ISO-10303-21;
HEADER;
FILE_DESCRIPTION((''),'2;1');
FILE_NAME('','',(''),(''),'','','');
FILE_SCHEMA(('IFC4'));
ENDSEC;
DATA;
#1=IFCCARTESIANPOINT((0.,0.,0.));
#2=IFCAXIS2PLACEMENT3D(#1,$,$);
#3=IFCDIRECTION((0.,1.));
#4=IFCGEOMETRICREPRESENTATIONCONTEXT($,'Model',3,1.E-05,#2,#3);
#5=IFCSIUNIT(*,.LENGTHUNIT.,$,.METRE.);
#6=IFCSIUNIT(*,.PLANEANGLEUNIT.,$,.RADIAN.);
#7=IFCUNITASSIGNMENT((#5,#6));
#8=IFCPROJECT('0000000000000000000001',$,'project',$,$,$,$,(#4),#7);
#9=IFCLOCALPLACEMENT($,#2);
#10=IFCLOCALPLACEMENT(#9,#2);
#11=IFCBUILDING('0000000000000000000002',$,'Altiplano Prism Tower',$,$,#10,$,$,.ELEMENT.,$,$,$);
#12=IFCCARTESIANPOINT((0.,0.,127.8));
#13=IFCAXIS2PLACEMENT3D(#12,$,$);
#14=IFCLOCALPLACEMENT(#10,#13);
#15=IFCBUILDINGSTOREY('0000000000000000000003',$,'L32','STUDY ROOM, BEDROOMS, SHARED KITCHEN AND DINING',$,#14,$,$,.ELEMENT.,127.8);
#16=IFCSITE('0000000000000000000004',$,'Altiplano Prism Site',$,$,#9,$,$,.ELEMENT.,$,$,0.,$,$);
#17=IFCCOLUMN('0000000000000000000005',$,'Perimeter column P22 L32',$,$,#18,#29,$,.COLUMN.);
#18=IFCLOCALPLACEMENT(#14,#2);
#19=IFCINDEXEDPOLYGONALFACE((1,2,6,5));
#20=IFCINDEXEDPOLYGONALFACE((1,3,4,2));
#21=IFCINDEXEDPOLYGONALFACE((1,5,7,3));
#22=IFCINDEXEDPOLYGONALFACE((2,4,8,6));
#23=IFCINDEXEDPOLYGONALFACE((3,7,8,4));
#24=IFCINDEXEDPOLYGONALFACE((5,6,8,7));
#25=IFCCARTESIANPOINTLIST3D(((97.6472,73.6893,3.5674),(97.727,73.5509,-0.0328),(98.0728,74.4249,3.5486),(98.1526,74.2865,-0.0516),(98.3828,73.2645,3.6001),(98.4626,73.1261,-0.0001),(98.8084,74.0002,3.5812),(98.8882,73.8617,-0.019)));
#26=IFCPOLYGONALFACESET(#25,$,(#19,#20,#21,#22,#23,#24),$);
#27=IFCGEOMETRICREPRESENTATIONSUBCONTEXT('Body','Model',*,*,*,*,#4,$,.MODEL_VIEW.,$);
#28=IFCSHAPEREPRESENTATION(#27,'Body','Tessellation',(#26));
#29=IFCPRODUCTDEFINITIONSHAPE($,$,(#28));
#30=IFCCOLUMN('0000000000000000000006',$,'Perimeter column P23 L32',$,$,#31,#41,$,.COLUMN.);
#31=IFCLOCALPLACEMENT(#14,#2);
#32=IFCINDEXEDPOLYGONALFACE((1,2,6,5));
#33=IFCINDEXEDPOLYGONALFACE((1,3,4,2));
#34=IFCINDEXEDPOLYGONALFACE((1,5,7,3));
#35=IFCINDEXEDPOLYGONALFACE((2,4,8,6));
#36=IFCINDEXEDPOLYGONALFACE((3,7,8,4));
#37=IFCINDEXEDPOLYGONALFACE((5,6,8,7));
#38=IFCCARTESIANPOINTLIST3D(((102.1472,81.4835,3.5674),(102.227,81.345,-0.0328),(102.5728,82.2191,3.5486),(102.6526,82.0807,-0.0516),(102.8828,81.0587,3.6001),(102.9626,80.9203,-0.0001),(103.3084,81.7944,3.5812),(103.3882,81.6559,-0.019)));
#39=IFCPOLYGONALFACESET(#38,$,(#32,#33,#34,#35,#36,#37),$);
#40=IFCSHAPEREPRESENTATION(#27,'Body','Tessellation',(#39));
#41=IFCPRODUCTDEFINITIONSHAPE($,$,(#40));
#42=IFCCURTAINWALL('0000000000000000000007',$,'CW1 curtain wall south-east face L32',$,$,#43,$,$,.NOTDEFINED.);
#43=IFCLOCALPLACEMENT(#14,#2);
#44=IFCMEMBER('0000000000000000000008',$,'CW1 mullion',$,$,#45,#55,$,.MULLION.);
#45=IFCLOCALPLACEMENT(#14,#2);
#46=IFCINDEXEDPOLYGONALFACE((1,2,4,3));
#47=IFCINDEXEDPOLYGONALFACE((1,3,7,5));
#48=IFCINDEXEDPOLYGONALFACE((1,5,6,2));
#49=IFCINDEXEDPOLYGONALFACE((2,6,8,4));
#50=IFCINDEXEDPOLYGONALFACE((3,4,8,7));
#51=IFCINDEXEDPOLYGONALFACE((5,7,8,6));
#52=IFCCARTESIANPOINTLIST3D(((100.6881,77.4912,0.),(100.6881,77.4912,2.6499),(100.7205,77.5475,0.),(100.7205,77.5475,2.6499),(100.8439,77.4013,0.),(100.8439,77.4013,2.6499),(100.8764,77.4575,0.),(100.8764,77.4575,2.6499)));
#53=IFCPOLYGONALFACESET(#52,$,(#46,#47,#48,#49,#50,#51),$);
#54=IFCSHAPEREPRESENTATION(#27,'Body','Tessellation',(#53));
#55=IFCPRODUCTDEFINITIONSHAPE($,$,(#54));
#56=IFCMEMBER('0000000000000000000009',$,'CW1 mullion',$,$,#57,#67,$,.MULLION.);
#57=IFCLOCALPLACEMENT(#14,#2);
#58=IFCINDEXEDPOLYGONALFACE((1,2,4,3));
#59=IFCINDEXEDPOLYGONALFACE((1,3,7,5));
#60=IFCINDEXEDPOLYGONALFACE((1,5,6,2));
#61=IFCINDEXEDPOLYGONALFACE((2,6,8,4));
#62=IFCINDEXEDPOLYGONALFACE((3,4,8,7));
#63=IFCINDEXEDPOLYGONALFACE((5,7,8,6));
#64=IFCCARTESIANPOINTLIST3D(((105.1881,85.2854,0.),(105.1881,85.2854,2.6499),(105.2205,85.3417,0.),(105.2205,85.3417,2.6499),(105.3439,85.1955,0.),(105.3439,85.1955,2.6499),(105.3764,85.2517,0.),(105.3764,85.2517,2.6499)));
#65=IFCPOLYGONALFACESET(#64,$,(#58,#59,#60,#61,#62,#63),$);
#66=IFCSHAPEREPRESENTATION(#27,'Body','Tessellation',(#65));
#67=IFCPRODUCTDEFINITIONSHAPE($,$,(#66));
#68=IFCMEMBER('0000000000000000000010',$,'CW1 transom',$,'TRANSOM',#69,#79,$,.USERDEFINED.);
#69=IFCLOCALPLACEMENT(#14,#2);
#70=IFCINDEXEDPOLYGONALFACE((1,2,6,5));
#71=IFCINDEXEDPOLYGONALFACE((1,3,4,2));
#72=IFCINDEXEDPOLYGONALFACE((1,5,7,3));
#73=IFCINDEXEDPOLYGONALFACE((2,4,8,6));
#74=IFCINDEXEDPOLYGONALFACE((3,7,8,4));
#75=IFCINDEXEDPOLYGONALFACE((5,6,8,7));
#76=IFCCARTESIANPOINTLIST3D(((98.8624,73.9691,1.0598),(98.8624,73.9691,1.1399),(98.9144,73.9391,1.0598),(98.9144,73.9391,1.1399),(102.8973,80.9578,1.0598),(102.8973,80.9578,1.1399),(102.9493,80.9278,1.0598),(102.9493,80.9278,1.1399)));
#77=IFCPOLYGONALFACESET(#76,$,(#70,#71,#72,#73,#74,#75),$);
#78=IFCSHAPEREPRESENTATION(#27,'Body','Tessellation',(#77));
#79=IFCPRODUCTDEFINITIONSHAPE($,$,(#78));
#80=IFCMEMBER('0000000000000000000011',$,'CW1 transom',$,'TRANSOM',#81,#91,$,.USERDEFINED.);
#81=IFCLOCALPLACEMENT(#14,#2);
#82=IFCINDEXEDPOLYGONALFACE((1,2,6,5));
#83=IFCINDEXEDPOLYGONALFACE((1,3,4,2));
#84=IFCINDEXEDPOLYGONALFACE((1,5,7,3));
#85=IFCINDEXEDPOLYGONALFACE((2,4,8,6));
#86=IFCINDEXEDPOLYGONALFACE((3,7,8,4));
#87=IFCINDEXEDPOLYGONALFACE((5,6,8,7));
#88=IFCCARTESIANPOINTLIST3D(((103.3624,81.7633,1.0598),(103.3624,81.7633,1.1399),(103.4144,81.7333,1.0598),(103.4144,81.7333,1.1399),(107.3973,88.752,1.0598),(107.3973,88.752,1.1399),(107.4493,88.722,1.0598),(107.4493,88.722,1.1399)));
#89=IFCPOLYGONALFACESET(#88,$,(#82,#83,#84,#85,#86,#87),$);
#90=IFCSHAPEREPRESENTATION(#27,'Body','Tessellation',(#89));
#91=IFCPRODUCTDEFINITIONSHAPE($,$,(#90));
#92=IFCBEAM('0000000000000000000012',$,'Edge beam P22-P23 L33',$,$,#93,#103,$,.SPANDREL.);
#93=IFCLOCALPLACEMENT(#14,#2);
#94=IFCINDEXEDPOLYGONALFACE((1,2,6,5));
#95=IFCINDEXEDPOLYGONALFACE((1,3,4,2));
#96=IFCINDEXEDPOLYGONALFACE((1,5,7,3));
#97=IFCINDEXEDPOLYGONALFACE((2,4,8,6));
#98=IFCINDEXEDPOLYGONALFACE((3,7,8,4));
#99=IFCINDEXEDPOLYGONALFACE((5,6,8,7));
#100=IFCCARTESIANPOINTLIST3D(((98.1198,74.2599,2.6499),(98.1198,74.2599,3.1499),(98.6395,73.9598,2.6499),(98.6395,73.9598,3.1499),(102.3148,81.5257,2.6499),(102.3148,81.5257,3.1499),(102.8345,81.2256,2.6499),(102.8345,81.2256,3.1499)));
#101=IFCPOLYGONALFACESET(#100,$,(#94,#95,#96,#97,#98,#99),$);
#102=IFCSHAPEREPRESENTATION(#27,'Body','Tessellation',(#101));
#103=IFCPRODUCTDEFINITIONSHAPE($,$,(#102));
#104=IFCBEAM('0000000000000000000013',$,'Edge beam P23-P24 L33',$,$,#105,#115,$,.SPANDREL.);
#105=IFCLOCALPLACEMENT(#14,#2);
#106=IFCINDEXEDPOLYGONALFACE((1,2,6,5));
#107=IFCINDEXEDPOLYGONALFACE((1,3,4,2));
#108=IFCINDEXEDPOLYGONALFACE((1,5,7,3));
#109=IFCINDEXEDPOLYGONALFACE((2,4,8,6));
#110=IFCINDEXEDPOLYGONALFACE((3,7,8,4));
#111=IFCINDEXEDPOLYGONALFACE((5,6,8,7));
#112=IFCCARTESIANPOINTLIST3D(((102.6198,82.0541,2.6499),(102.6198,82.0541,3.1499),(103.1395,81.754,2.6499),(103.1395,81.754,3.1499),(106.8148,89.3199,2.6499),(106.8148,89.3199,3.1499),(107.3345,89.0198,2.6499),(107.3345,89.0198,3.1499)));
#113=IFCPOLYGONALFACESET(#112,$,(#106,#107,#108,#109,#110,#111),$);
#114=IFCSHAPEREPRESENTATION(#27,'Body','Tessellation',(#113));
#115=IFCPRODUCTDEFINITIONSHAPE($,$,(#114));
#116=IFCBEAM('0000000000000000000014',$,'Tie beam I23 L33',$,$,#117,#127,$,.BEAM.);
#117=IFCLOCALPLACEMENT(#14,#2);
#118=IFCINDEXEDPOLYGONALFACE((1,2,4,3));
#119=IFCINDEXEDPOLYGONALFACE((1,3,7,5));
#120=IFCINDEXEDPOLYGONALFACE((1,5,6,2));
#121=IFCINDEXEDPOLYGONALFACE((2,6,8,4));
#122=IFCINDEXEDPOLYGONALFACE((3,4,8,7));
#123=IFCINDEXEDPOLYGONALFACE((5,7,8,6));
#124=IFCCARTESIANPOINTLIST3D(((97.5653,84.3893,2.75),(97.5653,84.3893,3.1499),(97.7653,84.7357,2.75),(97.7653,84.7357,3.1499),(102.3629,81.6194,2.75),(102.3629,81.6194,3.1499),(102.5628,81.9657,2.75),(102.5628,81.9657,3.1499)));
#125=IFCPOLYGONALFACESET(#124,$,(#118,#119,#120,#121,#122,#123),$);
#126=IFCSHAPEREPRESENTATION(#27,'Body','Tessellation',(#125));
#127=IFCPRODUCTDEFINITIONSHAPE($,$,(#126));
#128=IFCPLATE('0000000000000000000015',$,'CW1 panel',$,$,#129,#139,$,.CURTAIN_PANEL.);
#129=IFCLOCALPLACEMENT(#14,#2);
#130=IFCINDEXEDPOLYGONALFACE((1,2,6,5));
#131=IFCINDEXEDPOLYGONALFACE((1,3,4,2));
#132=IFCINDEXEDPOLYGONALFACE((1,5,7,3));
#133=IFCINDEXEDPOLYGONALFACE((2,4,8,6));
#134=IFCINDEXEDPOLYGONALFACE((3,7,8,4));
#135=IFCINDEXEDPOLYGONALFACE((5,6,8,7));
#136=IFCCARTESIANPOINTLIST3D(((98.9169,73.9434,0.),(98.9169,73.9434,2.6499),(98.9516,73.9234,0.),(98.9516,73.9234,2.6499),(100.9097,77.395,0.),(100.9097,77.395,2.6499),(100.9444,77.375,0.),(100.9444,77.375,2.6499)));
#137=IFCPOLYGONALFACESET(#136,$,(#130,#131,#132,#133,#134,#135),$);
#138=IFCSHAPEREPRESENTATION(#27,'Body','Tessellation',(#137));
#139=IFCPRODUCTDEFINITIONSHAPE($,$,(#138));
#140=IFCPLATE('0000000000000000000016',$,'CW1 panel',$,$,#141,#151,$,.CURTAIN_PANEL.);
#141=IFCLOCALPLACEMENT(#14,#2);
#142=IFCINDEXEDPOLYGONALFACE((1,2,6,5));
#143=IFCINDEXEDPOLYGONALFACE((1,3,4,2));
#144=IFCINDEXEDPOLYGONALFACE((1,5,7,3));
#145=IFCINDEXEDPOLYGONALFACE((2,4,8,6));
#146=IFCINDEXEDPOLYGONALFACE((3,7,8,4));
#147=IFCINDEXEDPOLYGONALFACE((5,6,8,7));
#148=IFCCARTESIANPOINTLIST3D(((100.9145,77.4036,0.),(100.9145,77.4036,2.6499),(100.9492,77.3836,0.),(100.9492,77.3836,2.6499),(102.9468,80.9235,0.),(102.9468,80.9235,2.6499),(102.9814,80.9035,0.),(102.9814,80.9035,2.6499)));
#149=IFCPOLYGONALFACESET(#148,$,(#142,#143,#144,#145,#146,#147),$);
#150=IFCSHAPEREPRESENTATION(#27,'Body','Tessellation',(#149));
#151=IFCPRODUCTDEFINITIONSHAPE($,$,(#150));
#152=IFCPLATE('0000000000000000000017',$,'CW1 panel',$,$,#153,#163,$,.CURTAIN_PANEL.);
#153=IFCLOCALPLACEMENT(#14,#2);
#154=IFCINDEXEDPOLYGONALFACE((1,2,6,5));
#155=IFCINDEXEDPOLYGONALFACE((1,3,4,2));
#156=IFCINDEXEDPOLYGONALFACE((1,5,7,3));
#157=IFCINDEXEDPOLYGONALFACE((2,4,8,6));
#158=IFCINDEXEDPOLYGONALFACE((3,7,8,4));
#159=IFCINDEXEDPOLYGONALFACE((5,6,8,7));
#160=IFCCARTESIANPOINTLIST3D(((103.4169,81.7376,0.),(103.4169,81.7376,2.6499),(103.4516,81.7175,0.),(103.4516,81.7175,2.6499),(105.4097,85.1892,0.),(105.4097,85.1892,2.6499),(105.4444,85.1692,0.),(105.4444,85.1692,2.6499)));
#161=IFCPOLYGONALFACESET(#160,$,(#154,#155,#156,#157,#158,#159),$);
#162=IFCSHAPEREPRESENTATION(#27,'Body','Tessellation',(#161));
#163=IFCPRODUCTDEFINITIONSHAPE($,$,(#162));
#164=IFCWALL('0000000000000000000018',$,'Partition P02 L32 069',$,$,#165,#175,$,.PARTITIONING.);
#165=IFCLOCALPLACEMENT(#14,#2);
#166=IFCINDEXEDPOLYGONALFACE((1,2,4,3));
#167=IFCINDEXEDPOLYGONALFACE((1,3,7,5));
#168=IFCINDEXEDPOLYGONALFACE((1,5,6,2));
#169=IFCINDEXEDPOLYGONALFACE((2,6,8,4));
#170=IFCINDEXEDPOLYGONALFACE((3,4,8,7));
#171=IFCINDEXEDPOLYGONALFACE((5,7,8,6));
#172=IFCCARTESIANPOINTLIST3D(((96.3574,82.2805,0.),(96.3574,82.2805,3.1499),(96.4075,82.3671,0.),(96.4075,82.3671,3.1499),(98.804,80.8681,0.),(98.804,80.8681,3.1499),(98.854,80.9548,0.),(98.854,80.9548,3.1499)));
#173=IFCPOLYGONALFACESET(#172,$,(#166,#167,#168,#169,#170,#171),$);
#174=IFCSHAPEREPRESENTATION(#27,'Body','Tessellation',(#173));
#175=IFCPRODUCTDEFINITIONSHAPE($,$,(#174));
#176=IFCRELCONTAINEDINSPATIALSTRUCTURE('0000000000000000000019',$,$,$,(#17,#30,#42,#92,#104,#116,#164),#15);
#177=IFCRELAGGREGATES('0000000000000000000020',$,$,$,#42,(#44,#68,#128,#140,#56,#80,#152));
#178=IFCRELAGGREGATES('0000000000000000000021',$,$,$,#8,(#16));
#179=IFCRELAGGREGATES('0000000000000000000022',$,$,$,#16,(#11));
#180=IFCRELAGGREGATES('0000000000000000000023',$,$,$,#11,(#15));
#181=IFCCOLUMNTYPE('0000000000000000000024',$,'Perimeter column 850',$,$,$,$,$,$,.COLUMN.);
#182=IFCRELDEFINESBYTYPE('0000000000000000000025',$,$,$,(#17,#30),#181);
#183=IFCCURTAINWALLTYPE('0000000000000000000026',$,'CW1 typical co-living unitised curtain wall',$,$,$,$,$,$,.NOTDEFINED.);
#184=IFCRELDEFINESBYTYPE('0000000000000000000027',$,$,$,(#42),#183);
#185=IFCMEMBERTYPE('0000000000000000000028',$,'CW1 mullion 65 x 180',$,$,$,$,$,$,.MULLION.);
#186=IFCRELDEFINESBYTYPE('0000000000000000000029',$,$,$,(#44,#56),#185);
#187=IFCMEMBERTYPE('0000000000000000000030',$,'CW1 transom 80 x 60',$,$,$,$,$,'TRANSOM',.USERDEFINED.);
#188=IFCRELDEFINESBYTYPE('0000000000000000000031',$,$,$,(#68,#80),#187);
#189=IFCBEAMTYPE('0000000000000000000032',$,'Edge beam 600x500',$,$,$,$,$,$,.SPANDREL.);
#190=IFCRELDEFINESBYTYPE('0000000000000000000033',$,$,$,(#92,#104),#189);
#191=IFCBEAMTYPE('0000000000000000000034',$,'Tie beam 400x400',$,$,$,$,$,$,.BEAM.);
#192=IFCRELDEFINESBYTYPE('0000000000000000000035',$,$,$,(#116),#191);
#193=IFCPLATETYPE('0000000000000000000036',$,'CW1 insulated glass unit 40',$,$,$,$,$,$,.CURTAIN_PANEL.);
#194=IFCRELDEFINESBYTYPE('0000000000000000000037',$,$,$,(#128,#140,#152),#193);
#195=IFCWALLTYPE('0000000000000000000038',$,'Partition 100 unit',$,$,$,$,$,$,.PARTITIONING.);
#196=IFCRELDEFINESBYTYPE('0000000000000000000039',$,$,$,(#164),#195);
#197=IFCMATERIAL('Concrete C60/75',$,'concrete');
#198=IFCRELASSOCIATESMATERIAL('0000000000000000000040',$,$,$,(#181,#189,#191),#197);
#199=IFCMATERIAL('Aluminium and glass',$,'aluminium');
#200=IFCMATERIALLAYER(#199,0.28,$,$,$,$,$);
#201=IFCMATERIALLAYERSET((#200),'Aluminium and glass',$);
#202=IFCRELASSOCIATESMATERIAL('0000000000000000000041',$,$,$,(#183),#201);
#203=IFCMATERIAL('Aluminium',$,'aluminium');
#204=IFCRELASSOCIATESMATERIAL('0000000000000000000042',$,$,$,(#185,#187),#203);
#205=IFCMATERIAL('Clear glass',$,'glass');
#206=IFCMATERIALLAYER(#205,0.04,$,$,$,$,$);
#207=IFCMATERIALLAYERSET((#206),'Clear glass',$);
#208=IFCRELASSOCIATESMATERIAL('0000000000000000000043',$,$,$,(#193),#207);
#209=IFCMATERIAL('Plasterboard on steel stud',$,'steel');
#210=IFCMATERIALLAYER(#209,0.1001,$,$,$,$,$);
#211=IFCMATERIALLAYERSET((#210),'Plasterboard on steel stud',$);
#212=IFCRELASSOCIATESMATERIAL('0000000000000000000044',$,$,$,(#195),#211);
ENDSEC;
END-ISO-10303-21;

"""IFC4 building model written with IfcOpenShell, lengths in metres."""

from ifc_helpers import new_model, si_unit, direction, frame, frame_2d, origin, origin_2d, place, context, subcontext, project, spatial, rectangle, extrude, material, layer, layer_set, material_profile, profile_set, type_object, element, aggregate, save


model = new_model("IFC4")

# Units and contexts
model_context = context("Model", 3, precision=1e-05, world=origin(), true_north=direction((0.0, 1.0)))
body_context = subcontext(model_context, "Body", "Model", "MODEL_VIEW")
ifc_project = project(units=[si_unit("LENGTHUNIT", "METRE"), si_unit("PLANEANGLEUNIT", "RADIAN")], contexts=[model_context])

# Site, building, storey
site_placement = place(None, origin())
site = spatial("IfcSite", under=ifc_project, at=site_placement, Name="Altiplano Prism Site", CompositionType="ELEMENT", RefElevation=0.0)
building_placement = place(site_placement, origin())
building = spatial("IfcBuilding", under=site, at=building_placement, Name="Altiplano Prism Tower", CompositionType="ELEMENT")
storey_placement = place(building_placement, frame((0.0, 0.0, 127.8)))
storey = spatial("IfcBuildingStorey", under=building, at=storey_placement, Name="L32", Description="STUDY ROOM, BEDROOMS, SHARED KITCHEN AND DINING", CompositionType="ELEMENT", Elevation=127.8)

# Columns
ifc_material_1 = material(Name="Concrete C60/75", Category="concrete")
ifc_material_profile_1 = material_profile(ifc_material_1, rectangle(XDim=0.8501, YDim=0.8501, at=origin_2d()), Name="Perimeter column 850")
ifc_profile_set_1 = profile_set([ifc_material_profile_1], Name="Concrete C60/75")
column_type = type_object("IfcColumnType", Name="Perimeter column 850", PredefinedType="COLUMN", material=ifc_profile_set_1)
for number, where, z_axis, x_axis, name in (
    (1, (98.3076, 73.7063, -0.0259), (-0.022154, 0.038413, 0.999016), (-0.500657, -0.865362, 0.022172), "Perimeter column P22 L32"),
    (2, (102.8076, 81.5005, -0.0259), (-0.022154, 0.038413, 0.999016), (-0.500653, -0.865364, 0.022172), "Perimeter column P23 L32"),
):
    element("IfcColumn", number, at=place(storey_placement, frame(where, z_axis=z_axis, x_axis=x_axis)), inside=storey, type_object=column_type, Name=name, PredefinedType="COLUMN", context=body_context, shape_type="SweptSolid", body=[
        extrude(rectangle(XDim=0.8501, YDim=0.8501, at=origin_2d()), origin(), (0.0, 0.0, 1.0), 3.6038),
    ])

# Curtain wall, members
ifc_material_2 = material(Name="Aluminium and glass", Category="aluminium")
ifc_layer_1 = layer(ifc_material_2, 0.28)
ifc_layer_set_1 = layer_set([ifc_layer_1], Name="Aluminium and glass")
curtain_wall_type = type_object("IfcCurtainWallType", Name="CW1 typical co-living unitised curtain wall", PredefinedType="NOTDEFINED", material=ifc_layer_set_1)
curtain_wall_placement = place(storey_placement, origin())
curtain_wall = element("IfcCurtainWall", 3, at=curtain_wall_placement, inside=storey, type_object=curtain_wall_type, Name="CW1 curtain wall south-east face L32", PredefinedType="NOTDEFINED")
ifc_material_3 = material(Name="Aluminium", Category="aluminium")
ifc_material_profile_2 = material_profile(ifc_material_3, rectangle(XDim=0.1799, YDim=0.0649, at=origin_2d()), Name="CW1 mullion 65 x 180")
ifc_profile_set_2 = profile_set([ifc_material_profile_2], Name="Aluminium")
member_type_1 = type_object("IfcMemberType", Name="CW1 mullion 65 x 180", PredefinedType="MULLION", material=ifc_profile_set_2)
member_1_placement = place(storey_placement, frame((100.7822, 77.4744, 0.0), z_axis=(0.0, 0.0, 1.0), x_axis=(-0.866025, 0.5, 0.0)))
member_1 = element("IfcMember", 4, at=member_1_placement, type_object=member_type_1, Name="CW1 mullion", PredefinedType="MULLION", context=body_context, shape_type="SweptSolid", body=[
    extrude(rectangle(XDim=0.1799, YDim=0.0649, at=origin_2d()), origin(), (0.0, 0.0, 1.0), 2.6499),
])
member_2_placement = place(storey_placement, frame((105.2822, 85.2686, 0.0), z_axis=(0.0, 0.0, 1.0), x_axis=(-0.866025, 0.5, 0.0)))
member_2 = element("IfcMember", 5, at=member_2_placement, type_object=member_type_1, Name="CW1 mullion", PredefinedType="MULLION", context=body_context, shape_type="SweptSolid", body=[
    extrude(rectangle(XDim=0.1799, YDim=0.0649, at=origin_2d()), origin(), (0.0, 0.0, 1.0), 2.6499),
])
ifc_material_profile_3 = material_profile(ifc_material_3, rectangle(XDim=0.0601, YDim=0.0801, at=origin_2d()), Name="CW1 transom 80 x 60")
ifc_profile_set_3 = profile_set([ifc_material_profile_3], Name="Aluminium")
member_type_2 = type_object("IfcMemberType", Name="CW1 transom 80 x 60", ElementType="TRANSOM", PredefinedType="USERDEFINED", material=ifc_profile_set_3)
member_3_placement = place(storey_placement, frame((98.8884, 73.9541, 1.0999), z_axis=(0.499995, 0.866028, 0.0), x_axis=(-0.866028, 0.499995, 0.0)))
member_3 = element("IfcMember", 6, at=member_3_placement, type_object=member_type_2, Name="CW1 transom", ObjectType="TRANSOM", PredefinedType="USERDEFINED", context=body_context, shape_type="SweptSolid", body=[
    extrude(rectangle(XDim=0.0601, YDim=0.0801, at=origin_2d()), origin(), (0.0, 0.0, 1.0), 8.0698),
])
member_4_placement = place(storey_placement, frame((103.3884, 81.7483, 1.0999), z_axis=(0.499995, 0.866028, 0.0), x_axis=(-0.866028, 0.499995, 0.0)))
member_4 = element("IfcMember", 7, at=member_4_placement, type_object=member_type_2, Name="CW1 transom", ObjectType="TRANSOM", PredefinedType="USERDEFINED", context=body_context, shape_type="SweptSolid", body=[
    extrude(rectangle(XDim=0.0601, YDim=0.0801, at=origin_2d()), origin(), (0.0, 0.0, 1.0), 8.0698),
])

# Beams
ifc_material_profile_4 = material_profile(ifc_material_1, rectangle(XDim=0.6001, YDim=0.5, at=origin_2d()), Name="Edge beam 600x500")
ifc_profile_set_4 = profile_set([ifc_material_profile_4], Name="Concrete C60/75")
beam_type_1 = type_object("IfcBeamType", Name="Edge beam 600x500", PredefinedType="SPANDREL", material=ifc_profile_set_4)
for number, where, z_axis, x_axis, name in (
    (8, (98.3796, 74.1099, 2.8999), (0.50001, 0.866019, 0.0), (-0.866019, 0.50001, 0.0), "Edge beam P22-P23 L33"),
    (9, (102.8796, 81.9041, 2.8999), (0.50001, 0.866019, 0.0), (-0.866019, 0.50001, 0.0), "Edge beam P23-P24 L33"),
):
    element("IfcBeam", number, at=place(storey_placement, frame(where, z_axis=z_axis, x_axis=x_axis)), inside=storey, type_object=beam_type_1, Name=name, PredefinedType="SPANDREL", context=body_context, shape_type="SweptSolid", body=[
        extrude(rectangle(XDim=0.6001, YDim=0.5, at=origin_2d()), origin(), (0.0, 0.0, 1.0), 8.3899),
    ])
ifc_material_profile_5 = material_profile(ifc_material_1, rectangle(XDim=0.3999, YDim=0.3999, at=origin_2d()), Name="Tie beam 400x400")
ifc_profile_set_5 = profile_set([ifc_material_profile_5], Name="Concrete C60/75")
beam_type_2 = type_object("IfcBeamType", Name="Tie beam 400x400", PredefinedType="BEAM", material=ifc_profile_set_5)
beam_placement = place(storey_placement, frame((97.6653, 84.5625, 2.95), z_axis=(0.866016, -0.500016, 0.0), x_axis=(0.500016, 0.866016, 0.0)))
element("IfcBeam", 10, at=beam_placement, inside=storey, type_object=beam_type_2, Name="Tie beam I23 L33", PredefinedType="BEAM", context=body_context, shape_type="SweptSolid", body=[
    extrude(rectangle(XDim=0.3999, YDim=0.3999, at=origin_2d()), origin(), (0.0, 0.0, 1.0), 5.5398),
])

# Plates
ifc_material_4 = material(Name="Clear glass", Category="glass")
ifc_layer_2 = layer(ifc_material_4, 0.04)
ifc_layer_set_2 = layer_set([ifc_layer_2], Name="Clear glass")
plate_type = type_object("IfcPlateType", Name="CW1 insulated glass unit 40", PredefinedType="CURTAIN_PANEL", material=ifc_layer_set_2)
plate_1_placement = place(storey_placement, frame((99.9307, 75.6592, 0.0), z_axis=(0.0, 0.0, 1.0), x_axis=(0.5, 0.866025, 0.0)))
plate_1 = element("IfcPlate", 11, at=plate_1_placement, type_object=plate_type, Name="CW1 panel", PredefinedType="CURTAIN_PANEL", context=body_context, shape_type="SweptSolid", body=[
    extrude(rectangle(XDim=3.9856, YDim=0.04, at=origin_2d()), origin(), (0.0, 0.0, 1.0), 2.6499),
])
plate_2_placement = place(storey_placement, frame((101.948, 79.1536, 0.0), z_axis=(0.0, 0.0, 1.0), x_axis=(0.5, 0.866025, 0.0)))
plate_2 = element("IfcPlate", 12, at=plate_2_placement, type_object=plate_type, Name="CW1 panel", PredefinedType="CURTAIN_PANEL", context=body_context, shape_type="SweptSolid", body=[
    extrude(rectangle(XDim=4.0645, YDim=0.04, at=origin_2d()), origin(), (0.0, 0.0, 1.0), 2.6499),
])
plate_3_placement = place(storey_placement, frame((104.4307, 83.4534, 0.0), z_axis=(0.0, 0.0, 1.0), x_axis=(0.5, 0.866025, 0.0)))
plate_3 = element("IfcPlate", 13, at=plate_3_placement, type_object=plate_type, Name="CW1 panel", PredefinedType="CURTAIN_PANEL", context=body_context, shape_type="SweptSolid", body=[
    extrude(rectangle(XDim=3.9856, YDim=0.04, at=origin_2d()), origin(), (0.0, 0.0, 1.0), 2.6499),
])
aggregate(curtain_wall, [member_1, member_3, plate_1, plate_2, member_2, member_4, plate_3])

# Wall
ifc_material_5 = material(Name="Plasterboard on steel stud", Category="steel")
ifc_layer_3 = layer(ifc_material_5, 0.1001)
ifc_layer_set_3 = layer_set([ifc_layer_3], Name="Plasterboard on steel stud")
wall_type_1 = type_object("IfcWallType", Name="Partition 100 unit", PredefinedType="PARTITIONING", material=ifc_layer_set_3)
wall_1_placement = place(storey_placement, frame((98.8291, 80.9114, 0.0), z_axis=(0.0, 0.0, 1.0), x_axis=(-0.866049, 0.499959, 0.0)))
element("IfcWall", 14, at=wall_1_placement, inside=storey, type_object=wall_type_1, Name="Partition P02 L32 069", PredefinedType="PARTITIONING", context=body_context, shape_type="SweptSolid", body=[
    extrude(rectangle(XDim=2.825, YDim=0.1001, at=frame_2d((1.4126, 0.0))), origin(), (0.0, 0.0, 1.0), 3.1499),
])

save(model, "model.ifc")
